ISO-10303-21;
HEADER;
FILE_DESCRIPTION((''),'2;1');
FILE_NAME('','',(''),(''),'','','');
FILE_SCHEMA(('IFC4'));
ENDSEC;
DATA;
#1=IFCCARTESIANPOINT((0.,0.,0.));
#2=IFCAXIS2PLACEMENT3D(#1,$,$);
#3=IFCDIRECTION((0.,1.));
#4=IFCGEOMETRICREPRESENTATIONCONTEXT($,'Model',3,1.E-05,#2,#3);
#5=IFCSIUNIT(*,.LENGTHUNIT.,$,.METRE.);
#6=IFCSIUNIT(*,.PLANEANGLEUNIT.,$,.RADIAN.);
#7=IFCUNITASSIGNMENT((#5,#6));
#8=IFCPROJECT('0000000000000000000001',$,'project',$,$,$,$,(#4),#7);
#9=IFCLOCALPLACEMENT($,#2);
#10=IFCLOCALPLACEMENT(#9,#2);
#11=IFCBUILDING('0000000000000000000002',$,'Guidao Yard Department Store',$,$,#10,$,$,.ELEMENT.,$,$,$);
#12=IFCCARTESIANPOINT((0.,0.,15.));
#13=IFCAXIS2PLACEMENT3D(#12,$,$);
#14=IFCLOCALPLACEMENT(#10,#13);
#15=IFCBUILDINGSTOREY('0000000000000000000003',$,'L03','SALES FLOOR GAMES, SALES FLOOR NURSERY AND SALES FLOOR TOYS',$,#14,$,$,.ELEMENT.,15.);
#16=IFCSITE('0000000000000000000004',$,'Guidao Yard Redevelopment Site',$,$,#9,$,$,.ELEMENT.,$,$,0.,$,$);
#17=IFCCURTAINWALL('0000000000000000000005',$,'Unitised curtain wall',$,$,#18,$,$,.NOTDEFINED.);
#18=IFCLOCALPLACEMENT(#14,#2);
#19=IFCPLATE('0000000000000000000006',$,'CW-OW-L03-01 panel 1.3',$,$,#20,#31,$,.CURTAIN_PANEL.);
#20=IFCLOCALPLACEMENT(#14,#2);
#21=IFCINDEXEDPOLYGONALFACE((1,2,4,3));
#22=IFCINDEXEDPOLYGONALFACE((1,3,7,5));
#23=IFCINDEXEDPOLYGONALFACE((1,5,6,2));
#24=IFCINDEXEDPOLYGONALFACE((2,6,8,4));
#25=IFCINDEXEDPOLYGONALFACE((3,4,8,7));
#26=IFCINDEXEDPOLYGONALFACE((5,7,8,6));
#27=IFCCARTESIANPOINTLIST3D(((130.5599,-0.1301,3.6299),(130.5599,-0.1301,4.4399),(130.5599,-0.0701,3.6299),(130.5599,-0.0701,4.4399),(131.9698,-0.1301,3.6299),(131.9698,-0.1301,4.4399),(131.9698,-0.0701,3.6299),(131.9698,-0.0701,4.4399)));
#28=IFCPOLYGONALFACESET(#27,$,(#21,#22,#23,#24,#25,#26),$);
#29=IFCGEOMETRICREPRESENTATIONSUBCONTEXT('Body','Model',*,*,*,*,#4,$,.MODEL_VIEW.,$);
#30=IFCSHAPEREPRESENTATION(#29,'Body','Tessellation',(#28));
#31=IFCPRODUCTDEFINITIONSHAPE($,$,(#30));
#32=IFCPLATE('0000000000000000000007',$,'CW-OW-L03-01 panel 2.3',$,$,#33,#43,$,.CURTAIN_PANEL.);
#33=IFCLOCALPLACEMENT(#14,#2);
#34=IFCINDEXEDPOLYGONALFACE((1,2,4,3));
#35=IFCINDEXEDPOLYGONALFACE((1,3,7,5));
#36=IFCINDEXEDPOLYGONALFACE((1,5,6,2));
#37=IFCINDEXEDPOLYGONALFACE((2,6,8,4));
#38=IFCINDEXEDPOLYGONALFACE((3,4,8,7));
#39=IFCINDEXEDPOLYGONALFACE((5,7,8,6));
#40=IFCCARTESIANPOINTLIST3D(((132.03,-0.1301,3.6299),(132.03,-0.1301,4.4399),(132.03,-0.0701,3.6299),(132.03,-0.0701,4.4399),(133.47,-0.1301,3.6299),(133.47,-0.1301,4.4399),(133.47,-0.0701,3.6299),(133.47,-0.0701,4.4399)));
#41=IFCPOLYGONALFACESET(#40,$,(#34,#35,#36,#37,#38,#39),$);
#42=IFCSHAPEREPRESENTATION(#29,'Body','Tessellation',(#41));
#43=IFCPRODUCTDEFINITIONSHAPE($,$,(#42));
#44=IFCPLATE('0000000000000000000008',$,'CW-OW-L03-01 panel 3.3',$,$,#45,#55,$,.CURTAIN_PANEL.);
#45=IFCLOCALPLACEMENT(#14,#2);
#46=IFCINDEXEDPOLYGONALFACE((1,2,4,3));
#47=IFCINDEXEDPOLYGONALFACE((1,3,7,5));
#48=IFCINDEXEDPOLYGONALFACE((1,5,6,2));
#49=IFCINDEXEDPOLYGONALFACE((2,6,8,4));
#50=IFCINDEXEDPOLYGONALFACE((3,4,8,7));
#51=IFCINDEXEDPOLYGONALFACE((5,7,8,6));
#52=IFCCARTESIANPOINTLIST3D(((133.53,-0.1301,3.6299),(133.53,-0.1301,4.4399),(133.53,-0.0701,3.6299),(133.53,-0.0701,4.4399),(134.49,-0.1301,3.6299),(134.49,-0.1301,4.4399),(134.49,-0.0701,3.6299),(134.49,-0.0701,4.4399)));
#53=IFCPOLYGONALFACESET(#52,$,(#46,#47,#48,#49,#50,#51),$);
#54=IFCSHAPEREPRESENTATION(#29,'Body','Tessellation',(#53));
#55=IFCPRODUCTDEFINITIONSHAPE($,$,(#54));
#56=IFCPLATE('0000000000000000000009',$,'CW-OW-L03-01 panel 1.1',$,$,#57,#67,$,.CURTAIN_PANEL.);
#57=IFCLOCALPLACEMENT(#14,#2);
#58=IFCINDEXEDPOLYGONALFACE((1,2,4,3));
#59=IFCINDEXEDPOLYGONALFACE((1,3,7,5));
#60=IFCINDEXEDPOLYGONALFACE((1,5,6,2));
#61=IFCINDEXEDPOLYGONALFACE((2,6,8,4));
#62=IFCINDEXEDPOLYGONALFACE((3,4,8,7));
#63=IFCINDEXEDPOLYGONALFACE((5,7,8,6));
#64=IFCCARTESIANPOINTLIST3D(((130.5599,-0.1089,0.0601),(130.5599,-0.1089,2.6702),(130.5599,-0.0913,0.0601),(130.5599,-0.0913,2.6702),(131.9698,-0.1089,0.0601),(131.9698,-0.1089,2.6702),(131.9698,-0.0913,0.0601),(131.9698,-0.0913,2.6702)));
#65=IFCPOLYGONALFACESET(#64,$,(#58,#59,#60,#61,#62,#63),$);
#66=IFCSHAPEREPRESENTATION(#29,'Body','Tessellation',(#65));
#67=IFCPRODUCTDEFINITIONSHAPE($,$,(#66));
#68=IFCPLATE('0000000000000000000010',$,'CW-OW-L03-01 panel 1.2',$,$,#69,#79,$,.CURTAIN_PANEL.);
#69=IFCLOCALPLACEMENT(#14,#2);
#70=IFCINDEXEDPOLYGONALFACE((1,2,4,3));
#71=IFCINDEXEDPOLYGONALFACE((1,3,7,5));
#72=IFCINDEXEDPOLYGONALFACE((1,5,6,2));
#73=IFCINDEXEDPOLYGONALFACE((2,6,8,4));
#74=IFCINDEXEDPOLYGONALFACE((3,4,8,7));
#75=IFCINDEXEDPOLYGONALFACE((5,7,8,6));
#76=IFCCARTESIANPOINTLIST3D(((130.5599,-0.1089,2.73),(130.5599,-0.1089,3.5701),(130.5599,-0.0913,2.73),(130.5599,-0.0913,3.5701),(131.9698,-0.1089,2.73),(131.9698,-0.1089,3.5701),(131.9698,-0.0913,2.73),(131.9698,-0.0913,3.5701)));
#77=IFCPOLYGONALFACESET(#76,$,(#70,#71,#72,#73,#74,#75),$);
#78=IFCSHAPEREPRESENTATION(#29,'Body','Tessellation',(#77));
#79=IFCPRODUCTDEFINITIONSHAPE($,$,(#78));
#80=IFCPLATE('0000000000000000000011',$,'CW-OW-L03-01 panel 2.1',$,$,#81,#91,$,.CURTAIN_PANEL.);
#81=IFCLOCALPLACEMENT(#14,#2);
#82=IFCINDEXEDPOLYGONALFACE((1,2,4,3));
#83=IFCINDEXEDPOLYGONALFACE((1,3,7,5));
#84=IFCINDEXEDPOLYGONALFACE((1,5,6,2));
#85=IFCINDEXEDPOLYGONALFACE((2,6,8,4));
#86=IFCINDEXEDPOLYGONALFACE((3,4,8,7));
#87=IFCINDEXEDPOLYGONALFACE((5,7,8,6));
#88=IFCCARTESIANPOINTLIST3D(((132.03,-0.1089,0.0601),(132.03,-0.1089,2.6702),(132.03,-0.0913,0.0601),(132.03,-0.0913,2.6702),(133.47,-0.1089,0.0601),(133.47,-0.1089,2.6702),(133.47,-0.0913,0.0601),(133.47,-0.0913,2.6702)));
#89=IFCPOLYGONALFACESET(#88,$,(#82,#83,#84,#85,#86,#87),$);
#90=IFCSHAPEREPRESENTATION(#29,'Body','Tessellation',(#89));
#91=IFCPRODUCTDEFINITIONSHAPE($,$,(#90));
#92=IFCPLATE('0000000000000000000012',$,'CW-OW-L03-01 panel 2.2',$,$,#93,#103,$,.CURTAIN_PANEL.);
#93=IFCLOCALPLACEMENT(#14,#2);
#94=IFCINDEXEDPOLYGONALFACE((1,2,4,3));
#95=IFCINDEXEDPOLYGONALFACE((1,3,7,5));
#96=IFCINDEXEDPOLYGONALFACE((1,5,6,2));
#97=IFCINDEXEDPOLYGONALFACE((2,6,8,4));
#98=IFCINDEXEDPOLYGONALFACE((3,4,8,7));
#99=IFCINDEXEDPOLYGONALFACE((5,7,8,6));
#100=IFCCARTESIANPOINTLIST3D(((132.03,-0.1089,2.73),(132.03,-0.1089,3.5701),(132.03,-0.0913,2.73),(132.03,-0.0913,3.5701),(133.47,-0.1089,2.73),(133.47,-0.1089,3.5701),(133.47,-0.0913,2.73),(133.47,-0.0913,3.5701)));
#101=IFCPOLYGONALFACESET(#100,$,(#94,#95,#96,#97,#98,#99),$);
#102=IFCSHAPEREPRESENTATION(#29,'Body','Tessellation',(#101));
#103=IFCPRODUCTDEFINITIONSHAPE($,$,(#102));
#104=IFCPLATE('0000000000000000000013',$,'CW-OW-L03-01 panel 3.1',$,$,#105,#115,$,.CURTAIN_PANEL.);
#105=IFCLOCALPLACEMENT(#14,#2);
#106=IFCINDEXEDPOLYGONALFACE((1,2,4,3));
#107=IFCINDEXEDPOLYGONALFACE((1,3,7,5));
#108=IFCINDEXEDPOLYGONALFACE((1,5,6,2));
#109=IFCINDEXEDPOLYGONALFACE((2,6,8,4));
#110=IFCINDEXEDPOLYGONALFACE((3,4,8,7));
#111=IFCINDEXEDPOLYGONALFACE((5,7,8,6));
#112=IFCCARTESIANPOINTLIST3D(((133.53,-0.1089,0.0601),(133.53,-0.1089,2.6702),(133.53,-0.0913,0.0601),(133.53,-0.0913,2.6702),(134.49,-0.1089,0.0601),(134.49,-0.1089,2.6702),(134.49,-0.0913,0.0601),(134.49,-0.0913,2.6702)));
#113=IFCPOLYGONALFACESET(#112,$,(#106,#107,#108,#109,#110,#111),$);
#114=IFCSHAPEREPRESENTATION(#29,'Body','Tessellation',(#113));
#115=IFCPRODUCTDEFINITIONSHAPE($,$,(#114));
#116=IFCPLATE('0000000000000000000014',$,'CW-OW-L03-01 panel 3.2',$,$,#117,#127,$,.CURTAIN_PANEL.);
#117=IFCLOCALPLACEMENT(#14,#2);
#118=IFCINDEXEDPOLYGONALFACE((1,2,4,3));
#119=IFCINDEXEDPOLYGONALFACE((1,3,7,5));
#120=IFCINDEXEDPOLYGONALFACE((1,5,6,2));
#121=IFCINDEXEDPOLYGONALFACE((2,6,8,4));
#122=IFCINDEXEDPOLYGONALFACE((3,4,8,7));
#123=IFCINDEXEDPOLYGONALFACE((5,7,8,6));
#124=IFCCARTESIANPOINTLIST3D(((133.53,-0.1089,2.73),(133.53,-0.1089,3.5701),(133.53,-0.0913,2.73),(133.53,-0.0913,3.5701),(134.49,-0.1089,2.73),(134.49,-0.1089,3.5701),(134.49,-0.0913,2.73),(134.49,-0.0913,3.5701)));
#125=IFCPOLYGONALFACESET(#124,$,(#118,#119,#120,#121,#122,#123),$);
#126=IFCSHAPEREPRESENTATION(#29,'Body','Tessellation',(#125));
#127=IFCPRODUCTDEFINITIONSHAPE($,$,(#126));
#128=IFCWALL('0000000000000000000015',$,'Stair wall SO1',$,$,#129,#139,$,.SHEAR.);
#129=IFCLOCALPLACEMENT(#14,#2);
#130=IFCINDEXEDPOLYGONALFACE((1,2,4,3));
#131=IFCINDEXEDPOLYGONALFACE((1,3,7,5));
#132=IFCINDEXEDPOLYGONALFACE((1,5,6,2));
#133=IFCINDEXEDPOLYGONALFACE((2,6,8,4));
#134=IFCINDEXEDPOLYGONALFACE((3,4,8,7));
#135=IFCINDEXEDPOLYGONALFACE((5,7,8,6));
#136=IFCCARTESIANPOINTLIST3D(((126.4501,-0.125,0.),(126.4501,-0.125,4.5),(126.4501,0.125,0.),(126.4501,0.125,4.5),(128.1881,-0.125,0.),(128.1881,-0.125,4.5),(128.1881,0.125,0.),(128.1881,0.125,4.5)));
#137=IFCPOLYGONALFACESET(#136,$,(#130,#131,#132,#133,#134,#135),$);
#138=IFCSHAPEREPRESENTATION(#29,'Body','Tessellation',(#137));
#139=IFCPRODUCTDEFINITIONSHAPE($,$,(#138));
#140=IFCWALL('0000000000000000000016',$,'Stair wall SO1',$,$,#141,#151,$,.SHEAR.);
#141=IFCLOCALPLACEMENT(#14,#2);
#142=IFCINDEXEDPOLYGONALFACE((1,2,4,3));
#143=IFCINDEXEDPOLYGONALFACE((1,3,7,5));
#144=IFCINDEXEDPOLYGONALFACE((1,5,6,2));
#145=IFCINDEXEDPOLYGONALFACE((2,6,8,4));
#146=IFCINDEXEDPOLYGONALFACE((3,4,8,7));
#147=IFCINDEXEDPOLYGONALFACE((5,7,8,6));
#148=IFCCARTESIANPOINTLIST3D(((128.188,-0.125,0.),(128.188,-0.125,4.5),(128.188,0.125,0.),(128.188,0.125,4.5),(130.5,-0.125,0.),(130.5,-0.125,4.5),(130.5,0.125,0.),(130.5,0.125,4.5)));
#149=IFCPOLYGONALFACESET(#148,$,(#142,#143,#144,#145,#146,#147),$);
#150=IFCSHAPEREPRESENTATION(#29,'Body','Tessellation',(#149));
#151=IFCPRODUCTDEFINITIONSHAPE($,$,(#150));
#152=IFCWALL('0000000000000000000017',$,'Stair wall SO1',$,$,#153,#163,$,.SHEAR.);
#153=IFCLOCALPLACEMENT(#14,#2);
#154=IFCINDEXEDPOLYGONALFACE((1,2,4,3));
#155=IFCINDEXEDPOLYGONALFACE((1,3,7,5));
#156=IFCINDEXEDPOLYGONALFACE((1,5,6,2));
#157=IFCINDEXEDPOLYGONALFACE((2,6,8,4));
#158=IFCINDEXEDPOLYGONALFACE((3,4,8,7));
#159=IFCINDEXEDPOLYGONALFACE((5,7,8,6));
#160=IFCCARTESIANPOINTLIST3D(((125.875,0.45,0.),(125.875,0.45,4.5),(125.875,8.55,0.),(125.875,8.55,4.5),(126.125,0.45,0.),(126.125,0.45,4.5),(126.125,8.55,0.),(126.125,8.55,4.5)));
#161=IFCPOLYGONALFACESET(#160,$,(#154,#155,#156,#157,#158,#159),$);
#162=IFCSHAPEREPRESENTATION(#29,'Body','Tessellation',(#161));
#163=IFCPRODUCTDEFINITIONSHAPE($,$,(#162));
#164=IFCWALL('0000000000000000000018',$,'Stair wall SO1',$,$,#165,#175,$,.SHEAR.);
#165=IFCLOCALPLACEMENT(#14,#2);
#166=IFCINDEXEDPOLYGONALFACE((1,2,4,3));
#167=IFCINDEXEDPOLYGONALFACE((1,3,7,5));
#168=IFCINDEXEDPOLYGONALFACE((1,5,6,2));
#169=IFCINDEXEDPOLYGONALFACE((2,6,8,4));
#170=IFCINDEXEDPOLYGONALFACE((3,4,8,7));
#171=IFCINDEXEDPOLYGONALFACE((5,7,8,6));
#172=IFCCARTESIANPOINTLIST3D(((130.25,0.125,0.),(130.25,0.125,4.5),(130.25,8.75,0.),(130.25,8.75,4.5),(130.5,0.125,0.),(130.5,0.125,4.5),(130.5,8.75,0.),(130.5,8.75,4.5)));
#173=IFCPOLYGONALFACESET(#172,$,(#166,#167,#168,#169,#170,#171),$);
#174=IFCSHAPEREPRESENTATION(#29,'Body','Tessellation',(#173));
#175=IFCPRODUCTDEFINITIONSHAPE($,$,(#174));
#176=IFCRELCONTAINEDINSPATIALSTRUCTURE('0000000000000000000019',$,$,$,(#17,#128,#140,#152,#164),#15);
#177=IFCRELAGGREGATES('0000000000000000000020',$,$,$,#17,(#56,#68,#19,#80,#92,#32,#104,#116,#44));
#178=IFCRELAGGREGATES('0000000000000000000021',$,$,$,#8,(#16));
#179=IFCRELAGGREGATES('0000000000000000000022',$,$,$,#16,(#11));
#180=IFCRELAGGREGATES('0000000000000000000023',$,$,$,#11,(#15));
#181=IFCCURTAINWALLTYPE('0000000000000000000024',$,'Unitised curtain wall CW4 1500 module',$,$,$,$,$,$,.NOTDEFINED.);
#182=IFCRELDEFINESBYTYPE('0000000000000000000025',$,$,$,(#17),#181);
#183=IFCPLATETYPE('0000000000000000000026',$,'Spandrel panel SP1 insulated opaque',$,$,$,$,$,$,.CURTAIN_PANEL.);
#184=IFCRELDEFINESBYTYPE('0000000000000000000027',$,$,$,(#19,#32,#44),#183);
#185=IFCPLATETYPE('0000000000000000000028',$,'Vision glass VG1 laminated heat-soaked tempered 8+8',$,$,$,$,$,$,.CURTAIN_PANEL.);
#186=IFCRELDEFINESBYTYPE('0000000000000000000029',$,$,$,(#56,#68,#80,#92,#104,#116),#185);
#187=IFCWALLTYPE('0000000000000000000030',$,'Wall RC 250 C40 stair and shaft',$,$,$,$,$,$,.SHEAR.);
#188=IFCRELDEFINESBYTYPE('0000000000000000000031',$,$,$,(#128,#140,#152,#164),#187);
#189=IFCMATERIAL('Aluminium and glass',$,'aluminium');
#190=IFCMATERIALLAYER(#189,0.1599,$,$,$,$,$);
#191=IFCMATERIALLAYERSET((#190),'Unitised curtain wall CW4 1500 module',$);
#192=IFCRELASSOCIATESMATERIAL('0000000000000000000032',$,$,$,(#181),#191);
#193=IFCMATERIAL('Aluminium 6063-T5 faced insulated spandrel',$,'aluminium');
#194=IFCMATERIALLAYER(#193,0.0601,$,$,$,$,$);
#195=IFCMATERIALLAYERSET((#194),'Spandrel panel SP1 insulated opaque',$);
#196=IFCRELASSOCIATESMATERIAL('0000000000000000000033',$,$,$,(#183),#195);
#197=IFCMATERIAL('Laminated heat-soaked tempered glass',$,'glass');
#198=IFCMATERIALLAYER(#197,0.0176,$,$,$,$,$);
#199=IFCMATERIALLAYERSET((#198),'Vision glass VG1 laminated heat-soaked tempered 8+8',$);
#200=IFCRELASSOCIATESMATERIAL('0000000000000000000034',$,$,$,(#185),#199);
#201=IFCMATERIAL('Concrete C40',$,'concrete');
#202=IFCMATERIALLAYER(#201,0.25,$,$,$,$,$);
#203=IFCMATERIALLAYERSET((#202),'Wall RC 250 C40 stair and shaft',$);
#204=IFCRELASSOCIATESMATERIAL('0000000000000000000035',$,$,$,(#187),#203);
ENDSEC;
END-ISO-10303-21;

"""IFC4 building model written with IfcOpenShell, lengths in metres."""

from ifc_helpers import new_model, si_unit, direction, frame, frame_2d, origin, origin_2d, place, context, subcontext, project, spatial, rectangle, extrude, material, layer, layer_set, type_object, element, aggregate, save


model = new_model("IFC4")

# Units and contexts
model_context = context("Model", 3, precision=1e-05, world=origin(), true_north=direction((0.0, 1.0)))
body_context = subcontext(model_context, "Body", "Model", "MODEL_VIEW")
ifc_project = project(units=[si_unit("LENGTHUNIT", "METRE"), si_unit("PLANEANGLEUNIT", "RADIAN")], contexts=[model_context])

# Site, building, storey
site_placement = place(None, origin())
site = spatial("IfcSite", under=ifc_project, at=site_placement, Name="Guidao Yard Redevelopment Site", CompositionType="ELEMENT", RefElevation=0.0)
building_placement = place(site_placement, origin())
building = spatial("IfcBuilding", under=site, at=building_placement, Name="Guidao Yard Department Store", CompositionType="ELEMENT")
storey_placement = place(building_placement, frame((0.0, 0.0, 15.0)))
storey = spatial("IfcBuildingStorey", under=building, at=storey_placement, Name="L03", Description="SALES FLOOR GAMES, SALES FLOOR NURSERY AND SALES FLOOR TOYS", CompositionType="ELEMENT", Elevation=15.0)

# Curtain wall, plates
ifc_material_1 = material(Name="Aluminium and glass", Category="aluminium")
ifc_layer_1 = layer(ifc_material_1, 0.1599)
ifc_layer_set_1 = layer_set([ifc_layer_1], Name="Unitised curtain wall CW4 1500 module")
curtain_wall_type = type_object("IfcCurtainWallType", Name="Unitised curtain wall CW4 1500 module", PredefinedType="NOTDEFINED", material=ifc_layer_set_1)
curtain_wall_placement = place(storey_placement, origin())
curtain_wall = element("IfcCurtainWall", 1, at=curtain_wall_placement, inside=storey, type_object=curtain_wall_type, Name="Unitised curtain wall", PredefinedType="NOTDEFINED")
ifc_material_2 = material(Name="Aluminium 6063-T5 faced insulated spandrel", Category="aluminium")
ifc_layer_2 = layer(ifc_material_2, 0.0601)
ifc_layer_set_2 = layer_set([ifc_layer_2], Name="Spandrel panel SP1 insulated opaque")
plate_type_1 = type_object("IfcPlateType", Name="Spandrel panel SP1 insulated opaque", PredefinedType="CURTAIN_PANEL", material=ifc_layer_set_2)
plate_1_placement = place(storey_placement, frame((131.2649, -0.1001, 3.6299), z_axis=(0.0, 0.0, 1.0), x_axis=(-1.0, 0.0, 0.0)))
plate_1 = element("IfcPlate", 2, at=plate_1_placement, type_object=plate_type_1, Name="CW-OW-L03-01 panel 1.3", PredefinedType="CURTAIN_PANEL", context=body_context, shape_type="SweptSolid", body=[
    extrude(rectangle(XDim=1.4099, YDim=0.0601, at=origin_2d()), origin(), (0.0, 0.0, 1.0), 0.8101),
])
plate_2_placement = place(storey_placement, frame((132.75, -0.1001, 3.6299), z_axis=(0.0, 0.0, 1.0), x_axis=(-1.0, 0.0, 0.0)))
plate_2 = element("IfcPlate", 3, at=plate_2_placement, type_object=plate_type_1, Name="CW-OW-L03-01 panel 2.3", PredefinedType="CURTAIN_PANEL", context=body_context, shape_type="SweptSolid", body=[
    extrude(rectangle(XDim=1.4399, YDim=0.0601, at=origin_2d()), origin(), (0.0, 0.0, 1.0), 0.8101),
])
plate_3_placement = place(storey_placement, frame((134.01, -0.1001, 3.6299), z_axis=(0.0, 0.0, 1.0), x_axis=(-1.0, 0.0, 0.0)))
plate_3 = element("IfcPlate", 4, at=plate_3_placement, type_object=plate_type_1, Name="CW-OW-L03-01 panel 3.3", PredefinedType="CURTAIN_PANEL", context=body_context, shape_type="SweptSolid", body=[
    extrude(rectangle(XDim=0.96, YDim=0.0601, at=origin_2d()), origin(), (0.0, 0.0, 1.0), 0.8101),
])
ifc_material_3 = material(Name="Laminated heat-soaked tempered glass", Category="glass")
ifc_layer_3 = layer(ifc_material_3, 0.0176)
ifc_layer_set_3 = layer_set([ifc_layer_3], Name="Vision glass VG1 laminated heat-soaked tempered 8+8")
plate_type_2 = type_object("IfcPlateType", Name="Vision glass VG1 laminated heat-soaked tempered 8+8", PredefinedType="CURTAIN_PANEL", material=ifc_layer_set_3)
plate_4_placement = place(storey_placement, frame((131.2649, -0.1001, 0.0601), z_axis=(0.0, 0.0, 1.0), x_axis=(-1.0, 0.0, 0.0)))
plate_4 = element("IfcPlate", 5, at=plate_4_placement, type_object=plate_type_2, Name="CW-OW-L03-01 panel 1.1", PredefinedType="CURTAIN_PANEL", context=body_context, shape_type="SweptSolid", body=[
    extrude(rectangle(XDim=1.4099, YDim=0.0176, at=origin_2d()), origin(), (0.0, 0.0, 1.0), 2.6101),
])
plate_5_placement = place(storey_placement, frame((131.2649, -0.1001, 2.73), z_axis=(0.0, 0.0, 1.0), x_axis=(-1.0, 0.0, 0.0)))
plate_5 = element("IfcPlate", 6, at=plate_5_placement, type_object=plate_type_2, Name="CW-OW-L03-01 panel 1.2", PredefinedType="CURTAIN_PANEL", context=body_context, shape_type="SweptSolid", body=[
    extrude(rectangle(XDim=1.4099, YDim=0.0176, at=origin_2d()), origin(), (0.0, 0.0, 1.0), 0.8401),
])
plate_6_placement = place(storey_placement, frame((132.75, -0.1001, 0.0601), z_axis=(0.0, 0.0, 1.0), x_axis=(-1.0, 0.0, 0.0)))
plate_6 = element("IfcPlate", 7, at=plate_6_placement, type_object=plate_type_2, Name="CW-OW-L03-01 panel 2.1", PredefinedType="CURTAIN_PANEL", context=body_context, shape_type="SweptSolid", body=[
    extrude(rectangle(XDim=1.4399, YDim=0.0176, at=origin_2d()), origin(), (0.0, 0.0, 1.0), 2.6101),
])
plate_7_placement = place(storey_placement, frame((132.75, -0.1001, 2.73), z_axis=(0.0, 0.0, 1.0), x_axis=(-1.0, 0.0, 0.0)))
plate_7 = element("IfcPlate", 8, at=plate_7_placement, type_object=plate_type_2, Name="CW-OW-L03-01 panel 2.2", PredefinedType="CURTAIN_PANEL", context=body_context, shape_type="SweptSolid", body=[
    extrude(rectangle(XDim=1.4399, YDim=0.0176, at=origin_2d()), origin(), (0.0, 0.0, 1.0), 0.8401),
])
plate_8_placement = place(storey_placement, frame((134.01, -0.1001, 0.0601), z_axis=(0.0, 0.0, 1.0), x_axis=(-1.0, 0.0, 0.0)))
plate_8 = element("IfcPlate", 9, at=plate_8_placement, type_object=plate_type_2, Name="CW-OW-L03-01 panel 3.1", PredefinedType="CURTAIN_PANEL", context=body_context, shape_type="SweptSolid", body=[
    extrude(rectangle(XDim=0.96, YDim=0.0176, at=origin_2d()), origin(), (0.0, 0.0, 1.0), 2.6101),
])
plate_9_placement = place(storey_placement, frame((134.01, -0.1001, 2.73), z_axis=(0.0, 0.0, 1.0), x_axis=(-1.0, 0.0, 0.0)))
plate_9 = element("IfcPlate", 10, at=plate_9_placement, type_object=plate_type_2, Name="CW-OW-L03-01 panel 3.2", PredefinedType="CURTAIN_PANEL", context=body_context, shape_type="SweptSolid", body=[
    extrude(rectangle(XDim=0.96, YDim=0.0176, at=origin_2d()), origin(), (0.0, 0.0, 1.0), 0.8401),
])
aggregate(curtain_wall, [plate_4, plate_5, plate_1, plate_6, plate_7, plate_2, plate_8, plate_9, plate_3])

# Walls
ifc_material_4 = material(Name="Concrete C40", Category="concrete")
ifc_layer_4 = layer(ifc_material_4, 0.25)
ifc_layer_set_4 = layer_set([ifc_layer_4], Name="Wall RC 250 C40 stair and shaft")
wall_type = type_object("IfcWallType", Name="Wall RC 250 C40 stair and shaft", PredefinedType="SHEAR", material=ifc_layer_set_4)
wall_1_placement = place(storey_placement, frame((126.45, 0.0, 0.0), z_axis=(0.0, 0.0, 1.0), x_axis=(1.0, 0.0, 0.0)))
element("IfcWall", 11, at=wall_1_placement, inside=storey, type_object=wall_type, Name="Stair wall SO1", PredefinedType="SHEAR", context=body_context, shape_type="SweptSolid", body=[
    extrude(rectangle(XDim=1.738, YDim=0.25, at=frame_2d((0.8691, 0.0))), origin(), (0.0, 0.0, 1.0), 4.5),
])
wall_2_placement = place(storey_placement, frame((128.188, 0.0, 0.0), z_axis=(0.0, 0.0, 1.0), x_axis=(1.0, 0.0, 0.0)))
element("IfcWall", 12, at=wall_2_placement, inside=storey, type_object=wall_type, Name="Stair wall SO1", PredefinedType="SHEAR", context=body_context, shape_type="SweptSolid", body=[
    extrude(rectangle(XDim=2.312, YDim=0.25, at=frame_2d((1.156, 0.0))), origin(), (0.0, 0.0, 1.0), 4.5),
])
wall_3_placement = place(storey_placement, frame((126.0, 0.45, 0.0), z_axis=(0.0, 0.0, 1.0), x_axis=(0.0, 1.0, 0.0)))
element("IfcWall", 13, at=wall_3_placement, inside=storey, type_object=wall_type, Name="Stair wall SO1", PredefinedType="SHEAR", context=body_context, shape_type="SweptSolid", body=[
    extrude(rectangle(XDim=8.1001, YDim=0.25, at=frame_2d((4.05, 0.0))), origin(), (0.0, 0.0, 1.0), 4.5),
])
wall_4_placement = place(storey_placement, frame((130.375, 0.125, 0.0), z_axis=(0.0, 0.0, 1.0), x_axis=(0.0, 1.0, 0.0)))
element("IfcWall", 14, at=wall_4_placement, inside=storey, type_object=wall_type, Name="Stair wall SO1", PredefinedType="SHEAR", context=body_context, shape_type="SweptSolid", body=[
    extrude(rectangle(XDim=8.625, YDim=0.25, at=frame_2d((4.3125, 0.0))), origin(), (0.0, 0.0, 1.0), 4.5),
])

save(model, "model.ifc")
